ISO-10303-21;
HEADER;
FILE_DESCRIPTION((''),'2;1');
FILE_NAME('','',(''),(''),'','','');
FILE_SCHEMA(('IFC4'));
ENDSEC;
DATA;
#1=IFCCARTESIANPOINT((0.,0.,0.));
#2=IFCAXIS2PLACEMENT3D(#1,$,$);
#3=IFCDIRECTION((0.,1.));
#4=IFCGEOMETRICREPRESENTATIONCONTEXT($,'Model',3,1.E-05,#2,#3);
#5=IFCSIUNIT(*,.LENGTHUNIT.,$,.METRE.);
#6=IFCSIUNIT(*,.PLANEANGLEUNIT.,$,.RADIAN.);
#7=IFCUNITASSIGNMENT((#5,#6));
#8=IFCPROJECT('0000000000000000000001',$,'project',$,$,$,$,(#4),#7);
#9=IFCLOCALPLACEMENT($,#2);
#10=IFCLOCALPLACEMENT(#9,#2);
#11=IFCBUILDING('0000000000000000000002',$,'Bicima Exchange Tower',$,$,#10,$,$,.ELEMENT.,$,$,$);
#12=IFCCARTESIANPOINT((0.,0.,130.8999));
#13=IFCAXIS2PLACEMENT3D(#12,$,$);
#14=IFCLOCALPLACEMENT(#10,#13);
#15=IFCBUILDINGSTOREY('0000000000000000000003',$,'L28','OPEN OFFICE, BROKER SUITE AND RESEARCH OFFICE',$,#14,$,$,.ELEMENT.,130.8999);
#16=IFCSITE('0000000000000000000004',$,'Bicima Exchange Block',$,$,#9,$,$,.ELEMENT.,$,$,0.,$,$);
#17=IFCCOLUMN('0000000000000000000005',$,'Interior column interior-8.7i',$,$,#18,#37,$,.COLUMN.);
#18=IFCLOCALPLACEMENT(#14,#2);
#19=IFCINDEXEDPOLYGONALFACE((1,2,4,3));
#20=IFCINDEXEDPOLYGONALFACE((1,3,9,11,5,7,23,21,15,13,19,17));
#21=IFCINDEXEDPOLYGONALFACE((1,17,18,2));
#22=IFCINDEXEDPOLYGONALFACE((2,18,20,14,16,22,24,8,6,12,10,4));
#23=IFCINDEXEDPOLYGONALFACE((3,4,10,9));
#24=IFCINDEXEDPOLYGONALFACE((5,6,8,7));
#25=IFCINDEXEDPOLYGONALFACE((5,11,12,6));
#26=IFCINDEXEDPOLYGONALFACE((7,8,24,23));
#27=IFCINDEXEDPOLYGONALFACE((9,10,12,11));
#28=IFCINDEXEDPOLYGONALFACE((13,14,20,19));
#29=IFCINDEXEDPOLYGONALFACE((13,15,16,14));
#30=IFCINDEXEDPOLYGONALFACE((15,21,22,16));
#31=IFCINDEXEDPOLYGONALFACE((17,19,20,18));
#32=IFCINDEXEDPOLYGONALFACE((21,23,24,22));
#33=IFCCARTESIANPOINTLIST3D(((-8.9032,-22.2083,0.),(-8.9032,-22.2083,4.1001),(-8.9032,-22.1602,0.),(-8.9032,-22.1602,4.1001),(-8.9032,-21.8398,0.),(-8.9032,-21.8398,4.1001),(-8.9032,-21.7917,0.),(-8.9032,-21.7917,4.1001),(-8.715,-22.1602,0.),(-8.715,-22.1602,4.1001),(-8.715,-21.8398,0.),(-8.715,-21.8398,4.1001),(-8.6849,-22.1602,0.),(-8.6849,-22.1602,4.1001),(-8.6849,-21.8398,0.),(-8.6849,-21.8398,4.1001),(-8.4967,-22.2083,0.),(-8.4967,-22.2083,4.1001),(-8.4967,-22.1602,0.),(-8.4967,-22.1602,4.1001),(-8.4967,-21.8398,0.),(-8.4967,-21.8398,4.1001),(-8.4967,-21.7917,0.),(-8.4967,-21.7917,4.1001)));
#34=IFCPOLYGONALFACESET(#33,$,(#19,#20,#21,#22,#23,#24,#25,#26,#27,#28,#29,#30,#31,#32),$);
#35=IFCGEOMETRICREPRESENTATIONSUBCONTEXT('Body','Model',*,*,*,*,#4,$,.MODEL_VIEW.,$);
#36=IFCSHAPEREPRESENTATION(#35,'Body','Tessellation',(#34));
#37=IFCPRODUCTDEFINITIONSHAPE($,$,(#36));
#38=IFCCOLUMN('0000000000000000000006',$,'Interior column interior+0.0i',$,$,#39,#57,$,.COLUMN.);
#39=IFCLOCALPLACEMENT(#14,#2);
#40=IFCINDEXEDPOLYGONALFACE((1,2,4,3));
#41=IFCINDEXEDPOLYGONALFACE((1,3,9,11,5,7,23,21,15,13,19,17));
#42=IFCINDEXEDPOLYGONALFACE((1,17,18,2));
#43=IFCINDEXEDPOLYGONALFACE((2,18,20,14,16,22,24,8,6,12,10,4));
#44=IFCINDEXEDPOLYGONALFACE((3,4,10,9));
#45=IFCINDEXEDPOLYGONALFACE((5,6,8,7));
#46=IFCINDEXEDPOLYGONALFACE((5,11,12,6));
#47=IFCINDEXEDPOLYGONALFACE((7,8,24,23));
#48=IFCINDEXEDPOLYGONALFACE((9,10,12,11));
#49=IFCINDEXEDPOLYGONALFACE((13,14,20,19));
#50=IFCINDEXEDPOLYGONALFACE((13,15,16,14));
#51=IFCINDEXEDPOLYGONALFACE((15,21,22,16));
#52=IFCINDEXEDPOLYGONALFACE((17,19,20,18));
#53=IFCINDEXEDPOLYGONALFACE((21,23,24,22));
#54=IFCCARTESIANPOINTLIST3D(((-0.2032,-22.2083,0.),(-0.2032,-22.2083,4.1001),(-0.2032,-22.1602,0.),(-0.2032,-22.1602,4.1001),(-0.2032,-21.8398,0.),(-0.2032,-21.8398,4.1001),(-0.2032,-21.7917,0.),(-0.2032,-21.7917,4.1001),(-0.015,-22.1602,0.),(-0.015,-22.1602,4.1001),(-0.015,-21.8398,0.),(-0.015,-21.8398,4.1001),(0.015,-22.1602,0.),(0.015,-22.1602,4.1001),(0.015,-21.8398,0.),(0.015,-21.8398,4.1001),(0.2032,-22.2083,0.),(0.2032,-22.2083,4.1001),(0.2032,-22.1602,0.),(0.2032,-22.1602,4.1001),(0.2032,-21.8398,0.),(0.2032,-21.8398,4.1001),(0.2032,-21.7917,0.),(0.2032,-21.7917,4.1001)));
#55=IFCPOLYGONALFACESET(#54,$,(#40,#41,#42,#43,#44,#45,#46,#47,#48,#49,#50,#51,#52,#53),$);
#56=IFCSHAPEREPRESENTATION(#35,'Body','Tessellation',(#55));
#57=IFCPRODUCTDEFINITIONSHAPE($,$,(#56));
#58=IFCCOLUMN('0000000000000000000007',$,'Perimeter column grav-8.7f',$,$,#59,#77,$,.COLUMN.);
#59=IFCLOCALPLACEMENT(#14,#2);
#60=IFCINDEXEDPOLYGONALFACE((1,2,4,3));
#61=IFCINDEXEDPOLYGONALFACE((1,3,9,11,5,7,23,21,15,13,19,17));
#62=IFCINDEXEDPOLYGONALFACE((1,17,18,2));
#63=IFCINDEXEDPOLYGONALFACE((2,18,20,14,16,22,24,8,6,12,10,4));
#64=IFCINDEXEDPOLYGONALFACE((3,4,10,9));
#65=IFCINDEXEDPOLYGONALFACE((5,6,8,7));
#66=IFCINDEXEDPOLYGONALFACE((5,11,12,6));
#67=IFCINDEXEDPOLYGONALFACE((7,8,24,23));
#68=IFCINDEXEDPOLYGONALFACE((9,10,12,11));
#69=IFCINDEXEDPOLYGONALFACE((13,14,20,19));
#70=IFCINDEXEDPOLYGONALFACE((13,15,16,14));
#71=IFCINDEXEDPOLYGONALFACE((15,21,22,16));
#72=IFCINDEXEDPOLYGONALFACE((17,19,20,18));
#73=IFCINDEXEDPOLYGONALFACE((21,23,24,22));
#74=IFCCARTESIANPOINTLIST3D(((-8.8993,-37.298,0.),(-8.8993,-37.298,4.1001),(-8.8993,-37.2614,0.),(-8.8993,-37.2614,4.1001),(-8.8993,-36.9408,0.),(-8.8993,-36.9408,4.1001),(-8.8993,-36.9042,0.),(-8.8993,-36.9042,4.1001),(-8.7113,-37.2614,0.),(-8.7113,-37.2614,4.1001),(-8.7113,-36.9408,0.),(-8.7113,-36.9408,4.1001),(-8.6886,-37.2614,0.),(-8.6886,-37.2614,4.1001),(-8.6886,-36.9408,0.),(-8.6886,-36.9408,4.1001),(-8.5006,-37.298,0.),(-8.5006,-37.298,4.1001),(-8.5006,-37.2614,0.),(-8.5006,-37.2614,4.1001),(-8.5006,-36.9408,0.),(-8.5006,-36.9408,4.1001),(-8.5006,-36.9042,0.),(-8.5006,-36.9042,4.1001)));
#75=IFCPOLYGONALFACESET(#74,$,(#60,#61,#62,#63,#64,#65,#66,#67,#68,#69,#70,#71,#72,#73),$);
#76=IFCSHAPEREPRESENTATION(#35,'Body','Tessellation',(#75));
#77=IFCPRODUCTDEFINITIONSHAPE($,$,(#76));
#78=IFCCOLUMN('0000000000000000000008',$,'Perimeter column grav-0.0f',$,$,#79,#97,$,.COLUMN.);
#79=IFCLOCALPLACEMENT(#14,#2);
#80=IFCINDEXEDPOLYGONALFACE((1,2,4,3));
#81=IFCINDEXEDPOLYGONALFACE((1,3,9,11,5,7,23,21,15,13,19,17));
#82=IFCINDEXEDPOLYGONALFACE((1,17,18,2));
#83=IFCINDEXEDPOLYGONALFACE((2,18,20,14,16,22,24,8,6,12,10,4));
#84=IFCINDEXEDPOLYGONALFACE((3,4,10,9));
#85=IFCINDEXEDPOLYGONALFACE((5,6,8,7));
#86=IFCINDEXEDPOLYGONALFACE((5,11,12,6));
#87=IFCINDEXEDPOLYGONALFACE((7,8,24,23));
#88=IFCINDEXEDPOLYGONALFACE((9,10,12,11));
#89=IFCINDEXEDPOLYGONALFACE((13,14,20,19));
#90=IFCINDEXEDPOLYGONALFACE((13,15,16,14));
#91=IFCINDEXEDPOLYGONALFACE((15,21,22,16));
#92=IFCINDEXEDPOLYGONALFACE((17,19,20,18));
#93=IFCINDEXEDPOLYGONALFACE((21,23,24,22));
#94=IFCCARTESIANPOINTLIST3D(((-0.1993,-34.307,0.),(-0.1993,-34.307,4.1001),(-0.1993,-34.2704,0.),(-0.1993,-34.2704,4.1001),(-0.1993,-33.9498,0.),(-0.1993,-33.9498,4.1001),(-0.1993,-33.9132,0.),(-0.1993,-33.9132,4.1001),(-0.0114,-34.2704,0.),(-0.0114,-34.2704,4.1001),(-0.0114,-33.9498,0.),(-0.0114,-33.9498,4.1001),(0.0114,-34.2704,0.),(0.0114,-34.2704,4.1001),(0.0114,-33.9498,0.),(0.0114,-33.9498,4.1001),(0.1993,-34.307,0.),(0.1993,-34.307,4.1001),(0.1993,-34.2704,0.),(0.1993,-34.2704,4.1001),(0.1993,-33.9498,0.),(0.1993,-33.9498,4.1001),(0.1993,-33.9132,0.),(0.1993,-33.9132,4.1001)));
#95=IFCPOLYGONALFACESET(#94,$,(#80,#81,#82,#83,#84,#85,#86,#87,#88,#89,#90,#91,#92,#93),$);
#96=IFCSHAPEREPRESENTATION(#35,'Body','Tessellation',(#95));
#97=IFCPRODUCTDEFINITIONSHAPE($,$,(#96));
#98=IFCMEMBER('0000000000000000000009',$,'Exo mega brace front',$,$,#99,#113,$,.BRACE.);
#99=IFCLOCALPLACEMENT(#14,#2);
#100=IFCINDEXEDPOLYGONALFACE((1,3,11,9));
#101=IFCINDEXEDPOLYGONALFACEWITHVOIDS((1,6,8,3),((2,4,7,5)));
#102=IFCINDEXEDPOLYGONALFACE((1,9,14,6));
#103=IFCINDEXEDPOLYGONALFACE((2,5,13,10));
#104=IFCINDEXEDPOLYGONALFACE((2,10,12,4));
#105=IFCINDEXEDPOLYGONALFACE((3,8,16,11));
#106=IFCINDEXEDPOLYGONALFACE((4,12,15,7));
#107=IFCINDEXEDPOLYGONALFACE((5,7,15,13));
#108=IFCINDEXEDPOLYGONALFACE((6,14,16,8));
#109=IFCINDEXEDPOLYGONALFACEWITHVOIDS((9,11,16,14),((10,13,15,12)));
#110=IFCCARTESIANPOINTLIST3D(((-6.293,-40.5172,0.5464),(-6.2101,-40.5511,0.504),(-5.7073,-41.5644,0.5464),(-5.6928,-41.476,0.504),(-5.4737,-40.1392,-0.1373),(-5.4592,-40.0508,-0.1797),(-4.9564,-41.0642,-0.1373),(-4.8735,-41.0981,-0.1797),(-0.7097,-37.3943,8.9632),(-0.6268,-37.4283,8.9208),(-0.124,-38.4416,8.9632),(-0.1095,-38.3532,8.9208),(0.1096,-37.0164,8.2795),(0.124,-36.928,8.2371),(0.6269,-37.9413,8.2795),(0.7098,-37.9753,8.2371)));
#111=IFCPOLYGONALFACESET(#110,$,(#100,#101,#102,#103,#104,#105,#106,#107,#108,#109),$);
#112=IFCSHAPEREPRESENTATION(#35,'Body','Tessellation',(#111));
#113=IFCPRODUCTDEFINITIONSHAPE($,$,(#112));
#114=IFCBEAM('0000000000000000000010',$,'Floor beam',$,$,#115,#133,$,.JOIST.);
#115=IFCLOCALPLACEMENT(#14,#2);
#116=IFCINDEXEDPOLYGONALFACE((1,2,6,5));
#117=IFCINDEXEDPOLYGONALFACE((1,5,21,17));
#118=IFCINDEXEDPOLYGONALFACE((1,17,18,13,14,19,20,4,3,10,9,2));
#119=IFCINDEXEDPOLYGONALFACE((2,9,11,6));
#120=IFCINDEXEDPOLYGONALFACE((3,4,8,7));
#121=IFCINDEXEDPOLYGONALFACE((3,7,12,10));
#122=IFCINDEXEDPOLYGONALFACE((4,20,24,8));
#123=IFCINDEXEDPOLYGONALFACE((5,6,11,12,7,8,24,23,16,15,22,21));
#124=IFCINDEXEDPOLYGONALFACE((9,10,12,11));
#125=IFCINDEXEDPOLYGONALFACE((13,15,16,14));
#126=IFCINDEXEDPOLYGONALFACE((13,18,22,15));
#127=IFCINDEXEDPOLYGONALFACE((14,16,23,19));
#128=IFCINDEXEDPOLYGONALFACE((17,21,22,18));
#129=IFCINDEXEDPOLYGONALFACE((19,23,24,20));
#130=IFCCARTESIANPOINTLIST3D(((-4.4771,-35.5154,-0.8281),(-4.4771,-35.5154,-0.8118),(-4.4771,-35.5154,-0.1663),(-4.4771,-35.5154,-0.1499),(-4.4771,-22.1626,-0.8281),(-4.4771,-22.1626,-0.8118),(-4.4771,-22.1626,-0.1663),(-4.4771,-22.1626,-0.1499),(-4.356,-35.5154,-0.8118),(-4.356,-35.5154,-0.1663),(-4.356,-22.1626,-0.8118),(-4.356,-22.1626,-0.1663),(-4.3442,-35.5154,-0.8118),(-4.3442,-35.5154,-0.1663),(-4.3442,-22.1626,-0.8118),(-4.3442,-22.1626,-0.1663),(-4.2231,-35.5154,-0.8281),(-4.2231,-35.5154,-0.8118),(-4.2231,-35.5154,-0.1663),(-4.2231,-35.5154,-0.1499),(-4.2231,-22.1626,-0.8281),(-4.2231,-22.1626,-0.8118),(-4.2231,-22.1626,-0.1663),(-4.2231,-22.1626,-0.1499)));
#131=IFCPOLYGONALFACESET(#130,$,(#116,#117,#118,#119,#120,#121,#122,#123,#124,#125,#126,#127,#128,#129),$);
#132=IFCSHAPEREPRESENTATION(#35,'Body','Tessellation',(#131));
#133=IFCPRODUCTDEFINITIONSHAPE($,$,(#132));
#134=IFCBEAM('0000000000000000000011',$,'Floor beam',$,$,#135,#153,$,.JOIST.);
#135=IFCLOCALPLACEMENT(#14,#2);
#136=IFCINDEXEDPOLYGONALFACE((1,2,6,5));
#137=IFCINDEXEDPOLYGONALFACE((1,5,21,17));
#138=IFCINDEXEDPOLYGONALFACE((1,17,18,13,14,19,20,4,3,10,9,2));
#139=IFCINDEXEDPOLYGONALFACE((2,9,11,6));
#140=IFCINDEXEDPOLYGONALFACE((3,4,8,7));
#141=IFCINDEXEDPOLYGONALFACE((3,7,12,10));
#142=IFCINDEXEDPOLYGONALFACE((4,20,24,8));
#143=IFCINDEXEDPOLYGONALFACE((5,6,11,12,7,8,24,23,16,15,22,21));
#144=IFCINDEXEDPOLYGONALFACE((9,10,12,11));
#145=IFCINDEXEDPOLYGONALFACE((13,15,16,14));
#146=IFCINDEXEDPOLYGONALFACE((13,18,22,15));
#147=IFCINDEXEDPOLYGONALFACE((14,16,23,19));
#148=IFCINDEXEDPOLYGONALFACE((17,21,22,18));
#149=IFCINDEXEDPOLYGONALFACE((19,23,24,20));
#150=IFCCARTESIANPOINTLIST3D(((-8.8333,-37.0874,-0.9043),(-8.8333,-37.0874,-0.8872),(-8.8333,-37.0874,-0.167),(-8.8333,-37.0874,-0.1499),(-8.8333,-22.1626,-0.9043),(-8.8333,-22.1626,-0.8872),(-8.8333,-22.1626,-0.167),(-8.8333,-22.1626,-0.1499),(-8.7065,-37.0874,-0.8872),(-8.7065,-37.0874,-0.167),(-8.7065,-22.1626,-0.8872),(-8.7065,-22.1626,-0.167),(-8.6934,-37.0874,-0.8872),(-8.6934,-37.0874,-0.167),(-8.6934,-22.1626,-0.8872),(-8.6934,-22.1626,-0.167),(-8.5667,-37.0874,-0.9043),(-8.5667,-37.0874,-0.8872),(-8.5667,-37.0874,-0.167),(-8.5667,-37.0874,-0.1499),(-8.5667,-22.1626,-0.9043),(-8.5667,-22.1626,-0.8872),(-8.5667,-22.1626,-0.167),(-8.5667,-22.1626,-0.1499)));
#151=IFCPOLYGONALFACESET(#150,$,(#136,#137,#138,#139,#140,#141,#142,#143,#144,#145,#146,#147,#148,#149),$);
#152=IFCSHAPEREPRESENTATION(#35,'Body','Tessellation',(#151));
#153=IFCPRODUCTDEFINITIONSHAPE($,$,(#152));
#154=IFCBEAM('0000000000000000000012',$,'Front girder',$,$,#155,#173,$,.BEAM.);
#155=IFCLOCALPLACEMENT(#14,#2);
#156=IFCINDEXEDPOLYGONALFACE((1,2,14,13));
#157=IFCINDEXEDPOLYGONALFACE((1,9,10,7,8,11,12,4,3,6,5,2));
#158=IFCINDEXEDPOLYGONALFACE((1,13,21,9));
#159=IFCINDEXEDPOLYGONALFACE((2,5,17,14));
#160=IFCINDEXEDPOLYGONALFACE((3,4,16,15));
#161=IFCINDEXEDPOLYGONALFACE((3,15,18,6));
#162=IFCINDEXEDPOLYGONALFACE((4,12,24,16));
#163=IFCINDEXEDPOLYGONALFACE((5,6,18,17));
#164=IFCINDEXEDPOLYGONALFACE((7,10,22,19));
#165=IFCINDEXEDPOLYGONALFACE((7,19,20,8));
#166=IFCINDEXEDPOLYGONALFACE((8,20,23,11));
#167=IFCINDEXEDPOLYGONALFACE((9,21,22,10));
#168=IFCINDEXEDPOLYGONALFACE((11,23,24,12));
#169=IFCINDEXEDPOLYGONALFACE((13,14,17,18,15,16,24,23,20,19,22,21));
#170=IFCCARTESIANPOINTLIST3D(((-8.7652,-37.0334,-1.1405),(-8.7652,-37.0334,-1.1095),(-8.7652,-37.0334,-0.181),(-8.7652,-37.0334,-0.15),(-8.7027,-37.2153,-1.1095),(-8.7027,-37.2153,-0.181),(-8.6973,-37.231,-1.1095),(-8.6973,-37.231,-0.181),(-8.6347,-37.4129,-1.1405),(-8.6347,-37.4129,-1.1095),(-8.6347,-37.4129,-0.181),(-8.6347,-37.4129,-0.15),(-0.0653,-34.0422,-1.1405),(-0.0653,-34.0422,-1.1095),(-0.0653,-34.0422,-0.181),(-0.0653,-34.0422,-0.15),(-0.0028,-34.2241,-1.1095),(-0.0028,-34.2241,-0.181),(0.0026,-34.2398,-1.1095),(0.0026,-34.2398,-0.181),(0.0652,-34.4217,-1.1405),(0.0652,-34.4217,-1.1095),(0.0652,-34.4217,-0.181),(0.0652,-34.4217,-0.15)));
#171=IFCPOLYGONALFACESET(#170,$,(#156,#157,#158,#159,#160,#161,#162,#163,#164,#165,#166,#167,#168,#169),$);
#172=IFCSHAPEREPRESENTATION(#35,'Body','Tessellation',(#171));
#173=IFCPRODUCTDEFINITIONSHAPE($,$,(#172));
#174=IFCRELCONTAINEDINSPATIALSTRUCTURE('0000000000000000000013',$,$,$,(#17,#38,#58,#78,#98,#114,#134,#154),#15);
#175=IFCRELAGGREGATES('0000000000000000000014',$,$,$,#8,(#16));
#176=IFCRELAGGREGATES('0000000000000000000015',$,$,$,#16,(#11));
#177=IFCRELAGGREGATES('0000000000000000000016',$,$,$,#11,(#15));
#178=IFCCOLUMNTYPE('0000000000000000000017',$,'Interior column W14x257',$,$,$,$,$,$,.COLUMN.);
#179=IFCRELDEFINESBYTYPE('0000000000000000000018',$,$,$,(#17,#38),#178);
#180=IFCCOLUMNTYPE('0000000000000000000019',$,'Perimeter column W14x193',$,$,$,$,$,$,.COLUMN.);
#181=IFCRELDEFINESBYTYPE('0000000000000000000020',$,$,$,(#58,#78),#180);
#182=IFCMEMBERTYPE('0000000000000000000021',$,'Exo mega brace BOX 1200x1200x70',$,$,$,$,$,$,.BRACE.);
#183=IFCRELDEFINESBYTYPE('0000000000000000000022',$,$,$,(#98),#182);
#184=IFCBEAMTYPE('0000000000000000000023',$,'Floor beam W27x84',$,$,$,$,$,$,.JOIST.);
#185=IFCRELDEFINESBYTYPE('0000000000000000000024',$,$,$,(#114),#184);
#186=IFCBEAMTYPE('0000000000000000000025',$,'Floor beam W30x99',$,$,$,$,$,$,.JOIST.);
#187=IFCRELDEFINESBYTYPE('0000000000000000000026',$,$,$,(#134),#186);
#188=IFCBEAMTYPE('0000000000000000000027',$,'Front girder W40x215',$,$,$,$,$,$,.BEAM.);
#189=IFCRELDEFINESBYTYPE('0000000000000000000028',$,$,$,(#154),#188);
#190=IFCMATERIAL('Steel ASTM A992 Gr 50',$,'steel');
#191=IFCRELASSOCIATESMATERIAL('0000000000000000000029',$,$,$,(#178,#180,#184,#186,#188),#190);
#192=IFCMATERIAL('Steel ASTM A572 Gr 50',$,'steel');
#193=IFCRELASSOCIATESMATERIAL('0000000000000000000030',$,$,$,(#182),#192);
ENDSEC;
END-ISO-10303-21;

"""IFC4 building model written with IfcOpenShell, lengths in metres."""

from ifc_helpers import new_model, si_unit, direction, frame, origin, origin_2d, place, context, subcontext, project, spatial, hollow_rectangle, i_section, extrude, material, material_profile, profile_set, type_object, element, save


model = new_model("IFC4")

# Units and contexts
model_context = context("Model", 3, precision=1e-05, world=origin(), true_north=direction((0.0, 1.0)))
body_context = subcontext(model_context, "Body", "Model", "MODEL_VIEW")
ifc_project = project(units=[si_unit("LENGTHUNIT", "METRE"), si_unit("PLANEANGLEUNIT", "RADIAN")], contexts=[model_context])

# Site, building, storey
site_placement = place(None, origin())
site = spatial("IfcSite", under=ifc_project, at=site_placement, Name="Bicima Exchange Block", CompositionType="ELEMENT", RefElevation=0.0)
building_placement = place(site_placement, origin())
building = spatial("IfcBuilding", under=site, at=building_placement, Name="Bicima Exchange Tower", CompositionType="ELEMENT")
storey_placement = place(building_placement, frame((0.0, 0.0, 130.8999)))
storey = spatial("IfcBuildingStorey", under=building, at=storey_placement, Name="L28", Description="OPEN OFFICE, BROKER SUITE AND RESEARCH OFFICE", CompositionType="ELEMENT", Elevation=130.8999)

# Columns
ifc_material_1 = material(Name="Steel ASTM A992 Gr 50", Category="steel")
ifc_material_profile_1 = material_profile(ifc_material_1, i_section(OverallWidth=0.4065, OverallDepth=0.4165, WebThickness=0.03, FlangeThickness=0.0481, at=origin_2d()))
ifc_profile_set_1 = profile_set([ifc_material_profile_1], Name="Steel ASTM A992 Gr 50")
column_type_1 = type_object("IfcColumnType", Name="Interior column W14x257", PredefinedType="COLUMN", material=ifc_profile_set_1)
for number, where, z_axis, x_axis, name in (
    (1, (-8.7, -22.0, 0.0), (0.0, 0.0, 1.0), (1.0, 0.0, 0.0), "Interior column interior-8.7i"),
    (2, (0.0, -22.0, 0.0), (0.0, 0.0, 1.0), (1.0, 0.0, 0.0), "Interior column interior+0.0i"),
):
    element("IfcColumn", number, at=place(storey_placement, frame(where, z_axis=z_axis, x_axis=x_axis)), inside=storey, type_object=column_type_1, Name=name, PredefinedType="COLUMN", context=body_context, shape_type="SweptSolid", body=[
        extrude(i_section(OverallWidth=0.4065, OverallDepth=0.4165, WebThickness=0.03, FlangeThickness=0.0481, at=origin_2d()), origin(), (0.0, 0.0, 1.0), 4.1001),
    ])
ifc_material_profile_2 = material_profile(ifc_material_1, i_section(OverallWidth=0.3987, OverallDepth=0.3938, WebThickness=0.0227, FlangeThickness=0.0366, at=origin_2d()))
ifc_profile_set_2 = profile_set([ifc_material_profile_2], Name="Steel ASTM A992 Gr 50")
column_type_2 = type_object("IfcColumnType", Name="Perimeter column W14x193", PredefinedType="COLUMN", material=ifc_profile_set_2)
for number, where, z_axis, x_axis, name in (
    (3, (-8.7, -37.1011, 0.0), (0.0, 0.0, 1.0), (1.0, 0.0, 0.0), "Perimeter column grav-8.7f"),
    (4, (0.0, -34.1101, 0.0), (0.0, 0.0, 1.0), (1.0, 0.0, 0.0), "Perimeter column grav-0.0f"),
):
    element("IfcColumn", number, at=place(storey_placement, frame(where, z_axis=z_axis, x_axis=x_axis)), inside=storey, type_object=column_type_2, Name=name, PredefinedType="COLUMN", context=body_context, shape_type="SweptSolid", body=[
        extrude(i_section(OverallWidth=0.3987, OverallDepth=0.3938, WebThickness=0.0227, FlangeThickness=0.0366, at=origin_2d()), origin(), (0.0, 0.0, 1.0), 4.1001),
    ])

# Member
ifc_material_2 = material(Name="Steel ASTM A572 Gr 50", Category="steel")
ifc_material_profile_3 = material_profile(ifc_material_2, hollow_rectangle(XDim=1.2, YDim=1.2, WallThickness=0.0701, at=origin_2d()))
ifc_profile_set_3 = profile_set([ifc_material_profile_3], Name="Steel ASTM A572 Gr 50")
member_type_1 = type_object("IfcMemberType", Name="Exo mega brace BOX 1200x1200x70", PredefinedType="BRACE", material=ifc_profile_set_3)
member_1_placement = place(storey_placement, frame((-5.5833, -40.8076, 0.1833), z_axis=(0.528119, 0.295386, 0.796139), x_axis=(-0.488149, 0.87276, 0.0)))
element("IfcMember", 5, at=member_1_placement, inside=storey, type_object=member_type_1, Name="Exo mega brace front", PredefinedType="BRACE", context=body_context, shape_type="SweptSolid", body=[
    extrude(hollow_rectangle(XDim=1.2, YDim=1.2, WallThickness=0.0701, at=origin_2d()), origin(), (0.0, 0.0, 1.0), 10.572),
])

# Beams
ifc_material_profile_4 = material_profile(ifc_material_1, i_section(OverallWidth=0.2539, OverallDepth=0.6782, WebThickness=0.0117, FlangeThickness=0.0164, at=origin_2d()))
ifc_profile_set_4 = profile_set([ifc_material_profile_4], Name="Steel ASTM A992 Gr 50")
beam_type_1 = type_object("IfcBeamType", Name="Floor beam W27x84", PredefinedType="JOIST", material=ifc_profile_set_4)
beam_1_placement = place(storey_placement, frame((-4.3501, -22.1626, -0.489), z_axis=(0.0, -1.0, 0.0), x_axis=(1.0, 0.0, 0.0)))
element("IfcBeam", 6, at=beam_1_placement, inside=storey, type_object=beam_type_1, Name="Floor beam", PredefinedType="JOIST", context=body_context, shape_type="SweptSolid", body=[
    extrude(i_section(OverallWidth=0.2539, OverallDepth=0.6782, WebThickness=0.0117, FlangeThickness=0.0164, at=origin_2d()), origin(), (0.0, 0.0, 1.0), 13.3528),
])
ifc_material_profile_5 = material_profile(ifc_material_1, i_section(OverallWidth=0.2666, OverallDepth=0.7544, WebThickness=0.0132, FlangeThickness=0.0171, at=origin_2d()))
ifc_profile_set_5 = profile_set([ifc_material_profile_5], Name="Steel ASTM A992 Gr 50")
beam_type_2 = type_object("IfcBeamType", Name="Floor beam W30x99", PredefinedType="JOIST", material=ifc_profile_set_5)
beam_2_placement = place(storey_placement, frame((-8.7, -22.1626, -0.5271), z_axis=(0.0, -1.0, 0.0), x_axis=(1.0, 0.0, 0.0)))
element("IfcBeam", 7, at=beam_2_placement, inside=storey, type_object=beam_type_2, Name="Floor beam", PredefinedType="JOIST", context=body_context, shape_type="SweptSolid", body=[
    extrude(i_section(OverallWidth=0.2666, OverallDepth=0.7544, WebThickness=0.0132, FlangeThickness=0.0171, at=origin_2d()), origin(), (0.0, 0.0, 1.0), 14.9248),
])
ifc_material_profile_6 = material_profile(ifc_material_1, i_section(OverallWidth=0.4014, OverallDepth=0.9905, WebThickness=0.0166, FlangeThickness=0.031, at=origin_2d()))
ifc_profile_set_6 = profile_set([ifc_material_profile_6], Name="Steel ASTM A992 Gr 50")
beam_type_3 = type_object("IfcBeamType", Name="Front girder W40x215", PredefinedType="BEAM", material=ifc_profile_set_6)
for number, where, z_axis, x_axis, name in (
    (8, (-8.7, -37.2231, -0.6453), (0.945666, 0.325138, 0.0), (-0.325138, 0.945666, 0.0), "Front girder"),
):
    element("IfcBeam", number, at=place(storey_placement, frame(where, z_axis=z_axis, x_axis=x_axis)), inside=storey, type_object=beam_type_3, Name=name, PredefinedType="BEAM", context=body_context, shape_type="SweptSolid", body=[
        extrude(i_section(OverallWidth=0.4014, OverallDepth=0.9905, WebThickness=0.0166, FlangeThickness=0.031, at=origin_2d()), origin(), (0.0, 0.0, 1.0), 9.1997),
    ])

save(model, "model.ifc")
